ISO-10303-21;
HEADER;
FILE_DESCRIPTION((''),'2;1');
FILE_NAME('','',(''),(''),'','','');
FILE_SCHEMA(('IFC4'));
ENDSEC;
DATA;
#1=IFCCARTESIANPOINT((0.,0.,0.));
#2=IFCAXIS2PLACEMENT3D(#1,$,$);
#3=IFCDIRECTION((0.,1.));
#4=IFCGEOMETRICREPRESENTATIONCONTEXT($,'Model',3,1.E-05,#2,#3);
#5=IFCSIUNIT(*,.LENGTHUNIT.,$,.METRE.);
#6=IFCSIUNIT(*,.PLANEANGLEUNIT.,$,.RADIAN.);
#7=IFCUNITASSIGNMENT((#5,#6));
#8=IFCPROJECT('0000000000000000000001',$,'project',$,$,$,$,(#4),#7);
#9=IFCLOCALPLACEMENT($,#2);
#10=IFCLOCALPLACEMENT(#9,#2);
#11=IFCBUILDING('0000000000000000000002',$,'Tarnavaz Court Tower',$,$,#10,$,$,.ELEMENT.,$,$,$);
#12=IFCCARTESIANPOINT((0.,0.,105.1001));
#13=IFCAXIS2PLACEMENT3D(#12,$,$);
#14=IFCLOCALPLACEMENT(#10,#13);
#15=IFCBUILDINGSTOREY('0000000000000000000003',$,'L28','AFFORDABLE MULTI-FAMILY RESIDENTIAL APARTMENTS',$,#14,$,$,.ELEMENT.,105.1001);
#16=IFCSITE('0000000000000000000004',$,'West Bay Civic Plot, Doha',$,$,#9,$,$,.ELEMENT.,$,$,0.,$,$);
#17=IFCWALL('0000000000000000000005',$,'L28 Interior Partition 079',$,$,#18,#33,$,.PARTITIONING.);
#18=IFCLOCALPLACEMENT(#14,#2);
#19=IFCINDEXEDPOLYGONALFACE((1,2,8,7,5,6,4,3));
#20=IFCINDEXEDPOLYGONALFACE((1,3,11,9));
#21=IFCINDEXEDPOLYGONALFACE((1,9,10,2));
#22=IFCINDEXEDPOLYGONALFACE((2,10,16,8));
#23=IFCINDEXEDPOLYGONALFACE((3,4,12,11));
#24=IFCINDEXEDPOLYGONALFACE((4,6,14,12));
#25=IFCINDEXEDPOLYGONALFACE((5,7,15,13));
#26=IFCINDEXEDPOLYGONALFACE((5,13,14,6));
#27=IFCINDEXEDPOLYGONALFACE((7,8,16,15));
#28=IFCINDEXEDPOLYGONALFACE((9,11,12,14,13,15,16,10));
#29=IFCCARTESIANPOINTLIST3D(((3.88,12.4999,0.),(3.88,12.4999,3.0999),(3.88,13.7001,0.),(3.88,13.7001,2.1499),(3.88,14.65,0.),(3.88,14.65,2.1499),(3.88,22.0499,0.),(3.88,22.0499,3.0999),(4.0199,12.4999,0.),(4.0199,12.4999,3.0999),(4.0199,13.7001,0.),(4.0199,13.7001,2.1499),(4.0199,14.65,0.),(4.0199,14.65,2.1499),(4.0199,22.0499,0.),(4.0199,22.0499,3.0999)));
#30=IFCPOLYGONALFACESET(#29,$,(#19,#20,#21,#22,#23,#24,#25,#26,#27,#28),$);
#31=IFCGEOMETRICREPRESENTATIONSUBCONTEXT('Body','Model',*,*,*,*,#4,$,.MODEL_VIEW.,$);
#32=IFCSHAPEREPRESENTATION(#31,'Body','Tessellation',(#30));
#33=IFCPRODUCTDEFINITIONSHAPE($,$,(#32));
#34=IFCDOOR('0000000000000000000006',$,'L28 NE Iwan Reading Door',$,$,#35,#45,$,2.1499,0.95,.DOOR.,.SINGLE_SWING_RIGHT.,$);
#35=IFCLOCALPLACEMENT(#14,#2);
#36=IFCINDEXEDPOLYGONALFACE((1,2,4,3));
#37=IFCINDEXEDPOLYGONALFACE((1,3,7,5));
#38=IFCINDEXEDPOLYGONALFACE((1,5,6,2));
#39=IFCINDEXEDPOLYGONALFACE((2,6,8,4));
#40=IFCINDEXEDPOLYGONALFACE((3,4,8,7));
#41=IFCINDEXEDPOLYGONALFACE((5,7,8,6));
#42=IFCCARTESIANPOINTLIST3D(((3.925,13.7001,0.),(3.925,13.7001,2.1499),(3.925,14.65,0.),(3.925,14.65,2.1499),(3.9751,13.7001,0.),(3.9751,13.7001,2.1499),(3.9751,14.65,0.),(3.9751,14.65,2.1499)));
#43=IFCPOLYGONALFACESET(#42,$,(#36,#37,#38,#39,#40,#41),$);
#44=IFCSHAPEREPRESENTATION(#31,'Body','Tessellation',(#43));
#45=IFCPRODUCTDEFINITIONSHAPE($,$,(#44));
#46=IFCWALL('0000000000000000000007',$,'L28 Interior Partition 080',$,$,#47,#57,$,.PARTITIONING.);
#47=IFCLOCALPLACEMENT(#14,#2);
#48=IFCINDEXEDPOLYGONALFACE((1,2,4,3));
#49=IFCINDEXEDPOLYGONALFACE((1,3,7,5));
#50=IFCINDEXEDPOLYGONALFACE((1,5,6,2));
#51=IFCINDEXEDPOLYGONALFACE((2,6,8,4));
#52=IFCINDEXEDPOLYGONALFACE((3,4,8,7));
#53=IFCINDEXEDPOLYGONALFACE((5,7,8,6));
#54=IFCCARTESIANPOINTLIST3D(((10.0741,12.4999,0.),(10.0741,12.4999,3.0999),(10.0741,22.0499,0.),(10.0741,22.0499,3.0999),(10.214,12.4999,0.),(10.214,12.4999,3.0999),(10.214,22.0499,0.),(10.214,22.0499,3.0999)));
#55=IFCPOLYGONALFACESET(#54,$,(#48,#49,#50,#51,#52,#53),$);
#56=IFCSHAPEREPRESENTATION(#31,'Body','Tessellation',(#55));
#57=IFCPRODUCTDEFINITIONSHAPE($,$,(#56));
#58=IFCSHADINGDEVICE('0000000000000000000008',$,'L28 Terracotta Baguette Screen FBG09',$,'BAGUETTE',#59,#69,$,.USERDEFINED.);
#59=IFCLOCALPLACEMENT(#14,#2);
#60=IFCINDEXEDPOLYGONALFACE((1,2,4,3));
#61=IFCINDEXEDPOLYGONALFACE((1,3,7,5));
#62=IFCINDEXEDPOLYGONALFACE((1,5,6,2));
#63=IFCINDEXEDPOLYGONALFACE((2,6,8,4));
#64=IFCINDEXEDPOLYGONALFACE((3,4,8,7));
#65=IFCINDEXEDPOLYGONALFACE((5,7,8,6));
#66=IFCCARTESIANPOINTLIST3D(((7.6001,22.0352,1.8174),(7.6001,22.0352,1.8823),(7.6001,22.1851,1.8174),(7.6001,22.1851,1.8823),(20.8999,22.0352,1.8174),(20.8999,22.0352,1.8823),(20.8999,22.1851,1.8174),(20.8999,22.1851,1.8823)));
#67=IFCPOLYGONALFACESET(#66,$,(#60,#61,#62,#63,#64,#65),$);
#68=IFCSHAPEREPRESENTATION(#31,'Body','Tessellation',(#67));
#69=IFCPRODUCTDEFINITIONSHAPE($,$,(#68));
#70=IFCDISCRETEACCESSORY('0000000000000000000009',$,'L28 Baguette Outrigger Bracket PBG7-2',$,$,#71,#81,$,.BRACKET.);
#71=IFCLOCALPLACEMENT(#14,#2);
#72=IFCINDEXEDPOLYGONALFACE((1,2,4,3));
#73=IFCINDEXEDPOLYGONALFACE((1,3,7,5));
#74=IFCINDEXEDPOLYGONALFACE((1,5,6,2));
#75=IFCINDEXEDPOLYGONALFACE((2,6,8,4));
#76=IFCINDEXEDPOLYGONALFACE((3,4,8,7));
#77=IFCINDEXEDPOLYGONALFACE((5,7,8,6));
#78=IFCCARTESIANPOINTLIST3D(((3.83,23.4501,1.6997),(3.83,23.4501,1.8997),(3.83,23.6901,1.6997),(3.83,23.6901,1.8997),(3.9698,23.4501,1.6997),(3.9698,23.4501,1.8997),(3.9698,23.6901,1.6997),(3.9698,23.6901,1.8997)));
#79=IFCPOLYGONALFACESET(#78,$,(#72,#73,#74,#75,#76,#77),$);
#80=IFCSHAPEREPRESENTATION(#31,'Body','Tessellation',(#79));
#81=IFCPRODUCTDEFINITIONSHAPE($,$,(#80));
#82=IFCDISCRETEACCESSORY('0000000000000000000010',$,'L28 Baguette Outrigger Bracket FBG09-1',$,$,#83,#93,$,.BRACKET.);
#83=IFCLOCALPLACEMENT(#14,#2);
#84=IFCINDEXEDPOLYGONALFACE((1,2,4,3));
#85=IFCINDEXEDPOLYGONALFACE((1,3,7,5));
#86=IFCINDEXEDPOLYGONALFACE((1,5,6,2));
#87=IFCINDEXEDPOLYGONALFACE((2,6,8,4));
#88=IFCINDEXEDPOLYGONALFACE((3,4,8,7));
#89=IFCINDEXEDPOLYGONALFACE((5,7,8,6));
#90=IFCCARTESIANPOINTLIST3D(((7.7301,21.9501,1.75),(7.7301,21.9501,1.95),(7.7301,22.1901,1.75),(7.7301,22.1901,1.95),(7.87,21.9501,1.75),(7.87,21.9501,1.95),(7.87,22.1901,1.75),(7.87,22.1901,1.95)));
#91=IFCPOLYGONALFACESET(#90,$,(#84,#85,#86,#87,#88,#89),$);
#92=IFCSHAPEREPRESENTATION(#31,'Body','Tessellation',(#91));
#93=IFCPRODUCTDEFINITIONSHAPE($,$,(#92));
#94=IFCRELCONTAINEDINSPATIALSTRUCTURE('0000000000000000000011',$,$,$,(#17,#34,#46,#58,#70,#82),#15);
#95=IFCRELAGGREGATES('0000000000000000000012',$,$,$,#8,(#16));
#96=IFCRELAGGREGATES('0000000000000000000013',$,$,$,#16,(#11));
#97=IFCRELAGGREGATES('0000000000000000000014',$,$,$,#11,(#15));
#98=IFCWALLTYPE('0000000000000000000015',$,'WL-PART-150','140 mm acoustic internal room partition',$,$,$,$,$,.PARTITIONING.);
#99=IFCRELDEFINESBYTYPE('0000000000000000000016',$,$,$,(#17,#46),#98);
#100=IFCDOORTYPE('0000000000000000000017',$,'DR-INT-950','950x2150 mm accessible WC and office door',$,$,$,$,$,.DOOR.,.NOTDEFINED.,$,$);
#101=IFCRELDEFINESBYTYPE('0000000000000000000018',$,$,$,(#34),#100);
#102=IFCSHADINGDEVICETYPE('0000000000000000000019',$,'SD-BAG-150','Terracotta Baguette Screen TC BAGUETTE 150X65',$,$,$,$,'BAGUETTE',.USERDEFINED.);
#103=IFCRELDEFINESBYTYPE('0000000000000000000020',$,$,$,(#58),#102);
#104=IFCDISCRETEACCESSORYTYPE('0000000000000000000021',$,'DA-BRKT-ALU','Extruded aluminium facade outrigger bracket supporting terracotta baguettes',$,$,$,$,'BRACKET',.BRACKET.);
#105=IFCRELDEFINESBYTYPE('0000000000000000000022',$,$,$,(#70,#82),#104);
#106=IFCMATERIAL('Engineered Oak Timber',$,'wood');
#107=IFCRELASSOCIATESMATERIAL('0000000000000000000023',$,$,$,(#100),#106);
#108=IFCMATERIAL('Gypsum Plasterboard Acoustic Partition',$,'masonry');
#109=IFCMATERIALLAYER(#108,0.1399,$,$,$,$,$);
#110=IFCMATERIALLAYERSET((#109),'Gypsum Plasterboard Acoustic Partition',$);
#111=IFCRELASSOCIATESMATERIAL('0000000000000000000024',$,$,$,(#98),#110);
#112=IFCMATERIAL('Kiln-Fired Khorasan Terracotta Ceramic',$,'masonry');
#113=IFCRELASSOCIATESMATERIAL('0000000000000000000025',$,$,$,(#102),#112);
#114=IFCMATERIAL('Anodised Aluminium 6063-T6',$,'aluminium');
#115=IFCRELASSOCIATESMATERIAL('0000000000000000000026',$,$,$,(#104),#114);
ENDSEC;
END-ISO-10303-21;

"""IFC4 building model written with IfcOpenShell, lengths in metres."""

from ifc_helpers import new_model, si_unit, direction, frame, frame_2d, origin, origin_2d, place, context, subcontext, project, spatial, rectangle, extrude, material, layer, layer_set, material_profile, profile_set, type_object, element, fill, save


model = new_model("IFC4")

# Units and contexts
model_context = context("Model", 3, precision=1e-05, world=origin(), true_north=direction((0.0, 1.0)))
body_context = subcontext(model_context, "Body", "Model", "MODEL_VIEW")
ifc_project = project(units=[si_unit("LENGTHUNIT", "METRE"), si_unit("PLANEANGLEUNIT", "RADIAN")], contexts=[model_context])

# Site, building, storey
site_placement = place(None, origin())
site = spatial("IfcSite", under=ifc_project, at=site_placement, Name="West Bay Civic Plot, Doha", CompositionType="ELEMENT", RefElevation=0.0)
building_placement = place(site_placement, origin())
building = spatial("IfcBuilding", under=site, at=building_placement, Name="Tarnavaz Court Tower", CompositionType="ELEMENT")
storey_placement = place(building_placement, frame((0.0, 0.0, 105.1001)))
storey = spatial("IfcBuildingStorey", under=building, at=storey_placement, Name="L28", Description="AFFORDABLE MULTI-FAMILY RESIDENTIAL APARTMENTS", CompositionType="ELEMENT", Elevation=105.1001)

# Shared definitions
ifc_material_1 = material(Name="Anodised Aluminium 6063-T6", Category="aluminium")

# Shared definitions
ifc_material_2 = material(Name="Engineered Oak Timber", Category="wood")
door_type = type_object("IfcDoorType", Name="DR-INT-950", Description="950x2150 mm accessible WC and office door", OperationType="NOTDEFINED", PredefinedType="DOOR", material=ifc_material_2)

# Wall, opening, door
ifc_material_3 = material(Name="Gypsum Plasterboard Acoustic Partition", Category="masonry")
ifc_layer_1 = layer(ifc_material_3, 0.1399)
ifc_layer_set_1 = layer_set([ifc_layer_1], Name="Gypsum Plasterboard Acoustic Partition")
wall_type_1 = type_object("IfcWallType", Name="WL-PART-150", Description="140 mm acoustic internal room partition", PredefinedType="PARTITIONING", material=ifc_layer_set_1)
wall_1_placement = place(storey_placement, frame((3.95, 12.5, 0.0), z_axis=(0.0, 0.0, 1.0), x_axis=(0.0, 1.0, 0.0)))
wall_1 = element("IfcWall", 1, at=wall_1_placement, inside=storey, type_object=wall_type_1, Name="L28 Interior Partition 079", PredefinedType="PARTITIONING", context=body_context, shape_type="SweptSolid", body=[
    extrude(rectangle(XDim=9.55, YDim=0.1399, at=frame_2d((4.7749, 0.0))), origin(), (0.0, 0.0, 1.0), 3.0999),
])
opening_1_placement = place(wall_1_placement, frame((1.2, 0.0, 0.0)))
opening_1 = element("IfcOpeningElement", 2, at=opening_1_placement, cuts=wall_1, PredefinedType="OPENING", context=body_context, shape_type="SweptSolid", body=[
    extrude(rectangle(XDim=0.95, YDim=2.1499, at=frame_2d((0.4751, 1.075))), frame((0.0, 0.0798, 0.0), z_axis=(0.0, -1.0, 0.0), x_axis=(1.0, 0.0, 0.0)), (0.0, 0.0, 1.0), 0.1599),
])
door_1_placement = place(opening_1_placement, origin())
door_1 = element("IfcDoor", 3, at=door_1_placement, inside=storey, type_object=door_type, Name="L28 NE Iwan Reading Door", OperationType="SINGLE_SWING_RIGHT", OverallHeight=2.1499, OverallWidth=0.95, PredefinedType="DOOR", context=body_context, shape_type="SweptSolid", body=[
    extrude(rectangle(XDim=0.95, YDim=2.1499, at=frame_2d((0.4751, 1.075))), frame((0.0, 0.0249, 0.0), z_axis=(0.0, -1.0, 0.0), x_axis=(1.0, 0.0, 0.0)), (0.0, 0.0, 1.0), 0.05),
])
fill(opening_1, door_1)

# Wall
wall_2_placement = place(storey_placement, frame((10.144, 12.5, 0.0), z_axis=(0.0, 0.0, 1.0), x_axis=(0.0, 1.0, 0.0)))
element("IfcWall", 4, at=wall_2_placement, inside=storey, type_object=wall_type_1, Name="L28 Interior Partition 080", PredefinedType="PARTITIONING", context=body_context, shape_type="SweptSolid", body=[
    extrude(rectangle(XDim=9.55, YDim=0.1399, at=frame_2d((4.7749, 0.0))), origin(), (0.0, 0.0, 1.0), 3.0999),
])

# Shading device
ifc_material_4 = material(Name="Kiln-Fired Khorasan Terracotta Ceramic", Category="masonry")
ifc_material_profile_1 = material_profile(ifc_material_4, rectangle(XDim=0.1499, YDim=0.0649, at=origin_2d()), Name="TC BAGUETTE 150X65")
ifc_profile_set_1 = profile_set([ifc_material_profile_1], Name="Kiln-Fired Khorasan Terracotta Ceramic")
shading_device_type = type_object("IfcShadingDeviceType", Name="SD-BAG-150", Description="Terracotta Baguette Screen TC BAGUETTE 150X65", ElementType="BAGUETTE", PredefinedType="USERDEFINED", material=ifc_profile_set_1)
shading_device_placement = place(storey_placement, frame((7.6001, 22.1101, 1.8499), z_axis=(1.0, 0.0, 0.0), x_axis=(0.0, 1.0, 0.0)))
element("IfcShadingDevice", 5, at=shading_device_placement, inside=storey, type_object=shading_device_type, Name="L28 Terracotta Baguette Screen FBG09", ObjectType="BAGUETTE", PredefinedType="USERDEFINED", context=body_context, shape_type="SweptSolid", body=[
    extrude(rectangle(XDim=0.1499, YDim=0.0649, at=origin_2d()), origin(), (0.0, 0.0, 1.0), 13.2998),
])

# Discrete accessories
discrete_accessory_type = type_object("IfcDiscreteAccessoryType", Name="DA-BRKT-ALU", Description="Extruded aluminium facade outrigger bracket supporting terracotta baguettes", ElementType="BRACKET", PredefinedType="BRACKET", material=ifc_material_1)
for number, where, z_axis, x_axis, name in (
    (6, (3.8999, 23.5701, 1.6997), (0.0, 0.0, 1.0), (1.0, 0.0, 0.0), "L28 Baguette Outrigger Bracket PBG7-2"),
    (7, (7.8, 22.0701, 1.75), (0.0, 0.0, 1.0), (1.0, 0.0, 0.0), "L28 Baguette Outrigger Bracket FBG09-1"),
):
    element("IfcDiscreteAccessory", number, at=place(storey_placement, frame(where, z_axis=z_axis, x_axis=x_axis)), inside=storey, type_object=discrete_accessory_type, Name=name, PredefinedType="BRACKET", context=body_context, shape_type="SweptSolid", body=[
        extrude(rectangle(XDim=0.1399, YDim=0.24, at=origin_2d()), origin(), (0.0, 0.0, 1.0), 0.2),
    ])

save(model, "model.ifc")
